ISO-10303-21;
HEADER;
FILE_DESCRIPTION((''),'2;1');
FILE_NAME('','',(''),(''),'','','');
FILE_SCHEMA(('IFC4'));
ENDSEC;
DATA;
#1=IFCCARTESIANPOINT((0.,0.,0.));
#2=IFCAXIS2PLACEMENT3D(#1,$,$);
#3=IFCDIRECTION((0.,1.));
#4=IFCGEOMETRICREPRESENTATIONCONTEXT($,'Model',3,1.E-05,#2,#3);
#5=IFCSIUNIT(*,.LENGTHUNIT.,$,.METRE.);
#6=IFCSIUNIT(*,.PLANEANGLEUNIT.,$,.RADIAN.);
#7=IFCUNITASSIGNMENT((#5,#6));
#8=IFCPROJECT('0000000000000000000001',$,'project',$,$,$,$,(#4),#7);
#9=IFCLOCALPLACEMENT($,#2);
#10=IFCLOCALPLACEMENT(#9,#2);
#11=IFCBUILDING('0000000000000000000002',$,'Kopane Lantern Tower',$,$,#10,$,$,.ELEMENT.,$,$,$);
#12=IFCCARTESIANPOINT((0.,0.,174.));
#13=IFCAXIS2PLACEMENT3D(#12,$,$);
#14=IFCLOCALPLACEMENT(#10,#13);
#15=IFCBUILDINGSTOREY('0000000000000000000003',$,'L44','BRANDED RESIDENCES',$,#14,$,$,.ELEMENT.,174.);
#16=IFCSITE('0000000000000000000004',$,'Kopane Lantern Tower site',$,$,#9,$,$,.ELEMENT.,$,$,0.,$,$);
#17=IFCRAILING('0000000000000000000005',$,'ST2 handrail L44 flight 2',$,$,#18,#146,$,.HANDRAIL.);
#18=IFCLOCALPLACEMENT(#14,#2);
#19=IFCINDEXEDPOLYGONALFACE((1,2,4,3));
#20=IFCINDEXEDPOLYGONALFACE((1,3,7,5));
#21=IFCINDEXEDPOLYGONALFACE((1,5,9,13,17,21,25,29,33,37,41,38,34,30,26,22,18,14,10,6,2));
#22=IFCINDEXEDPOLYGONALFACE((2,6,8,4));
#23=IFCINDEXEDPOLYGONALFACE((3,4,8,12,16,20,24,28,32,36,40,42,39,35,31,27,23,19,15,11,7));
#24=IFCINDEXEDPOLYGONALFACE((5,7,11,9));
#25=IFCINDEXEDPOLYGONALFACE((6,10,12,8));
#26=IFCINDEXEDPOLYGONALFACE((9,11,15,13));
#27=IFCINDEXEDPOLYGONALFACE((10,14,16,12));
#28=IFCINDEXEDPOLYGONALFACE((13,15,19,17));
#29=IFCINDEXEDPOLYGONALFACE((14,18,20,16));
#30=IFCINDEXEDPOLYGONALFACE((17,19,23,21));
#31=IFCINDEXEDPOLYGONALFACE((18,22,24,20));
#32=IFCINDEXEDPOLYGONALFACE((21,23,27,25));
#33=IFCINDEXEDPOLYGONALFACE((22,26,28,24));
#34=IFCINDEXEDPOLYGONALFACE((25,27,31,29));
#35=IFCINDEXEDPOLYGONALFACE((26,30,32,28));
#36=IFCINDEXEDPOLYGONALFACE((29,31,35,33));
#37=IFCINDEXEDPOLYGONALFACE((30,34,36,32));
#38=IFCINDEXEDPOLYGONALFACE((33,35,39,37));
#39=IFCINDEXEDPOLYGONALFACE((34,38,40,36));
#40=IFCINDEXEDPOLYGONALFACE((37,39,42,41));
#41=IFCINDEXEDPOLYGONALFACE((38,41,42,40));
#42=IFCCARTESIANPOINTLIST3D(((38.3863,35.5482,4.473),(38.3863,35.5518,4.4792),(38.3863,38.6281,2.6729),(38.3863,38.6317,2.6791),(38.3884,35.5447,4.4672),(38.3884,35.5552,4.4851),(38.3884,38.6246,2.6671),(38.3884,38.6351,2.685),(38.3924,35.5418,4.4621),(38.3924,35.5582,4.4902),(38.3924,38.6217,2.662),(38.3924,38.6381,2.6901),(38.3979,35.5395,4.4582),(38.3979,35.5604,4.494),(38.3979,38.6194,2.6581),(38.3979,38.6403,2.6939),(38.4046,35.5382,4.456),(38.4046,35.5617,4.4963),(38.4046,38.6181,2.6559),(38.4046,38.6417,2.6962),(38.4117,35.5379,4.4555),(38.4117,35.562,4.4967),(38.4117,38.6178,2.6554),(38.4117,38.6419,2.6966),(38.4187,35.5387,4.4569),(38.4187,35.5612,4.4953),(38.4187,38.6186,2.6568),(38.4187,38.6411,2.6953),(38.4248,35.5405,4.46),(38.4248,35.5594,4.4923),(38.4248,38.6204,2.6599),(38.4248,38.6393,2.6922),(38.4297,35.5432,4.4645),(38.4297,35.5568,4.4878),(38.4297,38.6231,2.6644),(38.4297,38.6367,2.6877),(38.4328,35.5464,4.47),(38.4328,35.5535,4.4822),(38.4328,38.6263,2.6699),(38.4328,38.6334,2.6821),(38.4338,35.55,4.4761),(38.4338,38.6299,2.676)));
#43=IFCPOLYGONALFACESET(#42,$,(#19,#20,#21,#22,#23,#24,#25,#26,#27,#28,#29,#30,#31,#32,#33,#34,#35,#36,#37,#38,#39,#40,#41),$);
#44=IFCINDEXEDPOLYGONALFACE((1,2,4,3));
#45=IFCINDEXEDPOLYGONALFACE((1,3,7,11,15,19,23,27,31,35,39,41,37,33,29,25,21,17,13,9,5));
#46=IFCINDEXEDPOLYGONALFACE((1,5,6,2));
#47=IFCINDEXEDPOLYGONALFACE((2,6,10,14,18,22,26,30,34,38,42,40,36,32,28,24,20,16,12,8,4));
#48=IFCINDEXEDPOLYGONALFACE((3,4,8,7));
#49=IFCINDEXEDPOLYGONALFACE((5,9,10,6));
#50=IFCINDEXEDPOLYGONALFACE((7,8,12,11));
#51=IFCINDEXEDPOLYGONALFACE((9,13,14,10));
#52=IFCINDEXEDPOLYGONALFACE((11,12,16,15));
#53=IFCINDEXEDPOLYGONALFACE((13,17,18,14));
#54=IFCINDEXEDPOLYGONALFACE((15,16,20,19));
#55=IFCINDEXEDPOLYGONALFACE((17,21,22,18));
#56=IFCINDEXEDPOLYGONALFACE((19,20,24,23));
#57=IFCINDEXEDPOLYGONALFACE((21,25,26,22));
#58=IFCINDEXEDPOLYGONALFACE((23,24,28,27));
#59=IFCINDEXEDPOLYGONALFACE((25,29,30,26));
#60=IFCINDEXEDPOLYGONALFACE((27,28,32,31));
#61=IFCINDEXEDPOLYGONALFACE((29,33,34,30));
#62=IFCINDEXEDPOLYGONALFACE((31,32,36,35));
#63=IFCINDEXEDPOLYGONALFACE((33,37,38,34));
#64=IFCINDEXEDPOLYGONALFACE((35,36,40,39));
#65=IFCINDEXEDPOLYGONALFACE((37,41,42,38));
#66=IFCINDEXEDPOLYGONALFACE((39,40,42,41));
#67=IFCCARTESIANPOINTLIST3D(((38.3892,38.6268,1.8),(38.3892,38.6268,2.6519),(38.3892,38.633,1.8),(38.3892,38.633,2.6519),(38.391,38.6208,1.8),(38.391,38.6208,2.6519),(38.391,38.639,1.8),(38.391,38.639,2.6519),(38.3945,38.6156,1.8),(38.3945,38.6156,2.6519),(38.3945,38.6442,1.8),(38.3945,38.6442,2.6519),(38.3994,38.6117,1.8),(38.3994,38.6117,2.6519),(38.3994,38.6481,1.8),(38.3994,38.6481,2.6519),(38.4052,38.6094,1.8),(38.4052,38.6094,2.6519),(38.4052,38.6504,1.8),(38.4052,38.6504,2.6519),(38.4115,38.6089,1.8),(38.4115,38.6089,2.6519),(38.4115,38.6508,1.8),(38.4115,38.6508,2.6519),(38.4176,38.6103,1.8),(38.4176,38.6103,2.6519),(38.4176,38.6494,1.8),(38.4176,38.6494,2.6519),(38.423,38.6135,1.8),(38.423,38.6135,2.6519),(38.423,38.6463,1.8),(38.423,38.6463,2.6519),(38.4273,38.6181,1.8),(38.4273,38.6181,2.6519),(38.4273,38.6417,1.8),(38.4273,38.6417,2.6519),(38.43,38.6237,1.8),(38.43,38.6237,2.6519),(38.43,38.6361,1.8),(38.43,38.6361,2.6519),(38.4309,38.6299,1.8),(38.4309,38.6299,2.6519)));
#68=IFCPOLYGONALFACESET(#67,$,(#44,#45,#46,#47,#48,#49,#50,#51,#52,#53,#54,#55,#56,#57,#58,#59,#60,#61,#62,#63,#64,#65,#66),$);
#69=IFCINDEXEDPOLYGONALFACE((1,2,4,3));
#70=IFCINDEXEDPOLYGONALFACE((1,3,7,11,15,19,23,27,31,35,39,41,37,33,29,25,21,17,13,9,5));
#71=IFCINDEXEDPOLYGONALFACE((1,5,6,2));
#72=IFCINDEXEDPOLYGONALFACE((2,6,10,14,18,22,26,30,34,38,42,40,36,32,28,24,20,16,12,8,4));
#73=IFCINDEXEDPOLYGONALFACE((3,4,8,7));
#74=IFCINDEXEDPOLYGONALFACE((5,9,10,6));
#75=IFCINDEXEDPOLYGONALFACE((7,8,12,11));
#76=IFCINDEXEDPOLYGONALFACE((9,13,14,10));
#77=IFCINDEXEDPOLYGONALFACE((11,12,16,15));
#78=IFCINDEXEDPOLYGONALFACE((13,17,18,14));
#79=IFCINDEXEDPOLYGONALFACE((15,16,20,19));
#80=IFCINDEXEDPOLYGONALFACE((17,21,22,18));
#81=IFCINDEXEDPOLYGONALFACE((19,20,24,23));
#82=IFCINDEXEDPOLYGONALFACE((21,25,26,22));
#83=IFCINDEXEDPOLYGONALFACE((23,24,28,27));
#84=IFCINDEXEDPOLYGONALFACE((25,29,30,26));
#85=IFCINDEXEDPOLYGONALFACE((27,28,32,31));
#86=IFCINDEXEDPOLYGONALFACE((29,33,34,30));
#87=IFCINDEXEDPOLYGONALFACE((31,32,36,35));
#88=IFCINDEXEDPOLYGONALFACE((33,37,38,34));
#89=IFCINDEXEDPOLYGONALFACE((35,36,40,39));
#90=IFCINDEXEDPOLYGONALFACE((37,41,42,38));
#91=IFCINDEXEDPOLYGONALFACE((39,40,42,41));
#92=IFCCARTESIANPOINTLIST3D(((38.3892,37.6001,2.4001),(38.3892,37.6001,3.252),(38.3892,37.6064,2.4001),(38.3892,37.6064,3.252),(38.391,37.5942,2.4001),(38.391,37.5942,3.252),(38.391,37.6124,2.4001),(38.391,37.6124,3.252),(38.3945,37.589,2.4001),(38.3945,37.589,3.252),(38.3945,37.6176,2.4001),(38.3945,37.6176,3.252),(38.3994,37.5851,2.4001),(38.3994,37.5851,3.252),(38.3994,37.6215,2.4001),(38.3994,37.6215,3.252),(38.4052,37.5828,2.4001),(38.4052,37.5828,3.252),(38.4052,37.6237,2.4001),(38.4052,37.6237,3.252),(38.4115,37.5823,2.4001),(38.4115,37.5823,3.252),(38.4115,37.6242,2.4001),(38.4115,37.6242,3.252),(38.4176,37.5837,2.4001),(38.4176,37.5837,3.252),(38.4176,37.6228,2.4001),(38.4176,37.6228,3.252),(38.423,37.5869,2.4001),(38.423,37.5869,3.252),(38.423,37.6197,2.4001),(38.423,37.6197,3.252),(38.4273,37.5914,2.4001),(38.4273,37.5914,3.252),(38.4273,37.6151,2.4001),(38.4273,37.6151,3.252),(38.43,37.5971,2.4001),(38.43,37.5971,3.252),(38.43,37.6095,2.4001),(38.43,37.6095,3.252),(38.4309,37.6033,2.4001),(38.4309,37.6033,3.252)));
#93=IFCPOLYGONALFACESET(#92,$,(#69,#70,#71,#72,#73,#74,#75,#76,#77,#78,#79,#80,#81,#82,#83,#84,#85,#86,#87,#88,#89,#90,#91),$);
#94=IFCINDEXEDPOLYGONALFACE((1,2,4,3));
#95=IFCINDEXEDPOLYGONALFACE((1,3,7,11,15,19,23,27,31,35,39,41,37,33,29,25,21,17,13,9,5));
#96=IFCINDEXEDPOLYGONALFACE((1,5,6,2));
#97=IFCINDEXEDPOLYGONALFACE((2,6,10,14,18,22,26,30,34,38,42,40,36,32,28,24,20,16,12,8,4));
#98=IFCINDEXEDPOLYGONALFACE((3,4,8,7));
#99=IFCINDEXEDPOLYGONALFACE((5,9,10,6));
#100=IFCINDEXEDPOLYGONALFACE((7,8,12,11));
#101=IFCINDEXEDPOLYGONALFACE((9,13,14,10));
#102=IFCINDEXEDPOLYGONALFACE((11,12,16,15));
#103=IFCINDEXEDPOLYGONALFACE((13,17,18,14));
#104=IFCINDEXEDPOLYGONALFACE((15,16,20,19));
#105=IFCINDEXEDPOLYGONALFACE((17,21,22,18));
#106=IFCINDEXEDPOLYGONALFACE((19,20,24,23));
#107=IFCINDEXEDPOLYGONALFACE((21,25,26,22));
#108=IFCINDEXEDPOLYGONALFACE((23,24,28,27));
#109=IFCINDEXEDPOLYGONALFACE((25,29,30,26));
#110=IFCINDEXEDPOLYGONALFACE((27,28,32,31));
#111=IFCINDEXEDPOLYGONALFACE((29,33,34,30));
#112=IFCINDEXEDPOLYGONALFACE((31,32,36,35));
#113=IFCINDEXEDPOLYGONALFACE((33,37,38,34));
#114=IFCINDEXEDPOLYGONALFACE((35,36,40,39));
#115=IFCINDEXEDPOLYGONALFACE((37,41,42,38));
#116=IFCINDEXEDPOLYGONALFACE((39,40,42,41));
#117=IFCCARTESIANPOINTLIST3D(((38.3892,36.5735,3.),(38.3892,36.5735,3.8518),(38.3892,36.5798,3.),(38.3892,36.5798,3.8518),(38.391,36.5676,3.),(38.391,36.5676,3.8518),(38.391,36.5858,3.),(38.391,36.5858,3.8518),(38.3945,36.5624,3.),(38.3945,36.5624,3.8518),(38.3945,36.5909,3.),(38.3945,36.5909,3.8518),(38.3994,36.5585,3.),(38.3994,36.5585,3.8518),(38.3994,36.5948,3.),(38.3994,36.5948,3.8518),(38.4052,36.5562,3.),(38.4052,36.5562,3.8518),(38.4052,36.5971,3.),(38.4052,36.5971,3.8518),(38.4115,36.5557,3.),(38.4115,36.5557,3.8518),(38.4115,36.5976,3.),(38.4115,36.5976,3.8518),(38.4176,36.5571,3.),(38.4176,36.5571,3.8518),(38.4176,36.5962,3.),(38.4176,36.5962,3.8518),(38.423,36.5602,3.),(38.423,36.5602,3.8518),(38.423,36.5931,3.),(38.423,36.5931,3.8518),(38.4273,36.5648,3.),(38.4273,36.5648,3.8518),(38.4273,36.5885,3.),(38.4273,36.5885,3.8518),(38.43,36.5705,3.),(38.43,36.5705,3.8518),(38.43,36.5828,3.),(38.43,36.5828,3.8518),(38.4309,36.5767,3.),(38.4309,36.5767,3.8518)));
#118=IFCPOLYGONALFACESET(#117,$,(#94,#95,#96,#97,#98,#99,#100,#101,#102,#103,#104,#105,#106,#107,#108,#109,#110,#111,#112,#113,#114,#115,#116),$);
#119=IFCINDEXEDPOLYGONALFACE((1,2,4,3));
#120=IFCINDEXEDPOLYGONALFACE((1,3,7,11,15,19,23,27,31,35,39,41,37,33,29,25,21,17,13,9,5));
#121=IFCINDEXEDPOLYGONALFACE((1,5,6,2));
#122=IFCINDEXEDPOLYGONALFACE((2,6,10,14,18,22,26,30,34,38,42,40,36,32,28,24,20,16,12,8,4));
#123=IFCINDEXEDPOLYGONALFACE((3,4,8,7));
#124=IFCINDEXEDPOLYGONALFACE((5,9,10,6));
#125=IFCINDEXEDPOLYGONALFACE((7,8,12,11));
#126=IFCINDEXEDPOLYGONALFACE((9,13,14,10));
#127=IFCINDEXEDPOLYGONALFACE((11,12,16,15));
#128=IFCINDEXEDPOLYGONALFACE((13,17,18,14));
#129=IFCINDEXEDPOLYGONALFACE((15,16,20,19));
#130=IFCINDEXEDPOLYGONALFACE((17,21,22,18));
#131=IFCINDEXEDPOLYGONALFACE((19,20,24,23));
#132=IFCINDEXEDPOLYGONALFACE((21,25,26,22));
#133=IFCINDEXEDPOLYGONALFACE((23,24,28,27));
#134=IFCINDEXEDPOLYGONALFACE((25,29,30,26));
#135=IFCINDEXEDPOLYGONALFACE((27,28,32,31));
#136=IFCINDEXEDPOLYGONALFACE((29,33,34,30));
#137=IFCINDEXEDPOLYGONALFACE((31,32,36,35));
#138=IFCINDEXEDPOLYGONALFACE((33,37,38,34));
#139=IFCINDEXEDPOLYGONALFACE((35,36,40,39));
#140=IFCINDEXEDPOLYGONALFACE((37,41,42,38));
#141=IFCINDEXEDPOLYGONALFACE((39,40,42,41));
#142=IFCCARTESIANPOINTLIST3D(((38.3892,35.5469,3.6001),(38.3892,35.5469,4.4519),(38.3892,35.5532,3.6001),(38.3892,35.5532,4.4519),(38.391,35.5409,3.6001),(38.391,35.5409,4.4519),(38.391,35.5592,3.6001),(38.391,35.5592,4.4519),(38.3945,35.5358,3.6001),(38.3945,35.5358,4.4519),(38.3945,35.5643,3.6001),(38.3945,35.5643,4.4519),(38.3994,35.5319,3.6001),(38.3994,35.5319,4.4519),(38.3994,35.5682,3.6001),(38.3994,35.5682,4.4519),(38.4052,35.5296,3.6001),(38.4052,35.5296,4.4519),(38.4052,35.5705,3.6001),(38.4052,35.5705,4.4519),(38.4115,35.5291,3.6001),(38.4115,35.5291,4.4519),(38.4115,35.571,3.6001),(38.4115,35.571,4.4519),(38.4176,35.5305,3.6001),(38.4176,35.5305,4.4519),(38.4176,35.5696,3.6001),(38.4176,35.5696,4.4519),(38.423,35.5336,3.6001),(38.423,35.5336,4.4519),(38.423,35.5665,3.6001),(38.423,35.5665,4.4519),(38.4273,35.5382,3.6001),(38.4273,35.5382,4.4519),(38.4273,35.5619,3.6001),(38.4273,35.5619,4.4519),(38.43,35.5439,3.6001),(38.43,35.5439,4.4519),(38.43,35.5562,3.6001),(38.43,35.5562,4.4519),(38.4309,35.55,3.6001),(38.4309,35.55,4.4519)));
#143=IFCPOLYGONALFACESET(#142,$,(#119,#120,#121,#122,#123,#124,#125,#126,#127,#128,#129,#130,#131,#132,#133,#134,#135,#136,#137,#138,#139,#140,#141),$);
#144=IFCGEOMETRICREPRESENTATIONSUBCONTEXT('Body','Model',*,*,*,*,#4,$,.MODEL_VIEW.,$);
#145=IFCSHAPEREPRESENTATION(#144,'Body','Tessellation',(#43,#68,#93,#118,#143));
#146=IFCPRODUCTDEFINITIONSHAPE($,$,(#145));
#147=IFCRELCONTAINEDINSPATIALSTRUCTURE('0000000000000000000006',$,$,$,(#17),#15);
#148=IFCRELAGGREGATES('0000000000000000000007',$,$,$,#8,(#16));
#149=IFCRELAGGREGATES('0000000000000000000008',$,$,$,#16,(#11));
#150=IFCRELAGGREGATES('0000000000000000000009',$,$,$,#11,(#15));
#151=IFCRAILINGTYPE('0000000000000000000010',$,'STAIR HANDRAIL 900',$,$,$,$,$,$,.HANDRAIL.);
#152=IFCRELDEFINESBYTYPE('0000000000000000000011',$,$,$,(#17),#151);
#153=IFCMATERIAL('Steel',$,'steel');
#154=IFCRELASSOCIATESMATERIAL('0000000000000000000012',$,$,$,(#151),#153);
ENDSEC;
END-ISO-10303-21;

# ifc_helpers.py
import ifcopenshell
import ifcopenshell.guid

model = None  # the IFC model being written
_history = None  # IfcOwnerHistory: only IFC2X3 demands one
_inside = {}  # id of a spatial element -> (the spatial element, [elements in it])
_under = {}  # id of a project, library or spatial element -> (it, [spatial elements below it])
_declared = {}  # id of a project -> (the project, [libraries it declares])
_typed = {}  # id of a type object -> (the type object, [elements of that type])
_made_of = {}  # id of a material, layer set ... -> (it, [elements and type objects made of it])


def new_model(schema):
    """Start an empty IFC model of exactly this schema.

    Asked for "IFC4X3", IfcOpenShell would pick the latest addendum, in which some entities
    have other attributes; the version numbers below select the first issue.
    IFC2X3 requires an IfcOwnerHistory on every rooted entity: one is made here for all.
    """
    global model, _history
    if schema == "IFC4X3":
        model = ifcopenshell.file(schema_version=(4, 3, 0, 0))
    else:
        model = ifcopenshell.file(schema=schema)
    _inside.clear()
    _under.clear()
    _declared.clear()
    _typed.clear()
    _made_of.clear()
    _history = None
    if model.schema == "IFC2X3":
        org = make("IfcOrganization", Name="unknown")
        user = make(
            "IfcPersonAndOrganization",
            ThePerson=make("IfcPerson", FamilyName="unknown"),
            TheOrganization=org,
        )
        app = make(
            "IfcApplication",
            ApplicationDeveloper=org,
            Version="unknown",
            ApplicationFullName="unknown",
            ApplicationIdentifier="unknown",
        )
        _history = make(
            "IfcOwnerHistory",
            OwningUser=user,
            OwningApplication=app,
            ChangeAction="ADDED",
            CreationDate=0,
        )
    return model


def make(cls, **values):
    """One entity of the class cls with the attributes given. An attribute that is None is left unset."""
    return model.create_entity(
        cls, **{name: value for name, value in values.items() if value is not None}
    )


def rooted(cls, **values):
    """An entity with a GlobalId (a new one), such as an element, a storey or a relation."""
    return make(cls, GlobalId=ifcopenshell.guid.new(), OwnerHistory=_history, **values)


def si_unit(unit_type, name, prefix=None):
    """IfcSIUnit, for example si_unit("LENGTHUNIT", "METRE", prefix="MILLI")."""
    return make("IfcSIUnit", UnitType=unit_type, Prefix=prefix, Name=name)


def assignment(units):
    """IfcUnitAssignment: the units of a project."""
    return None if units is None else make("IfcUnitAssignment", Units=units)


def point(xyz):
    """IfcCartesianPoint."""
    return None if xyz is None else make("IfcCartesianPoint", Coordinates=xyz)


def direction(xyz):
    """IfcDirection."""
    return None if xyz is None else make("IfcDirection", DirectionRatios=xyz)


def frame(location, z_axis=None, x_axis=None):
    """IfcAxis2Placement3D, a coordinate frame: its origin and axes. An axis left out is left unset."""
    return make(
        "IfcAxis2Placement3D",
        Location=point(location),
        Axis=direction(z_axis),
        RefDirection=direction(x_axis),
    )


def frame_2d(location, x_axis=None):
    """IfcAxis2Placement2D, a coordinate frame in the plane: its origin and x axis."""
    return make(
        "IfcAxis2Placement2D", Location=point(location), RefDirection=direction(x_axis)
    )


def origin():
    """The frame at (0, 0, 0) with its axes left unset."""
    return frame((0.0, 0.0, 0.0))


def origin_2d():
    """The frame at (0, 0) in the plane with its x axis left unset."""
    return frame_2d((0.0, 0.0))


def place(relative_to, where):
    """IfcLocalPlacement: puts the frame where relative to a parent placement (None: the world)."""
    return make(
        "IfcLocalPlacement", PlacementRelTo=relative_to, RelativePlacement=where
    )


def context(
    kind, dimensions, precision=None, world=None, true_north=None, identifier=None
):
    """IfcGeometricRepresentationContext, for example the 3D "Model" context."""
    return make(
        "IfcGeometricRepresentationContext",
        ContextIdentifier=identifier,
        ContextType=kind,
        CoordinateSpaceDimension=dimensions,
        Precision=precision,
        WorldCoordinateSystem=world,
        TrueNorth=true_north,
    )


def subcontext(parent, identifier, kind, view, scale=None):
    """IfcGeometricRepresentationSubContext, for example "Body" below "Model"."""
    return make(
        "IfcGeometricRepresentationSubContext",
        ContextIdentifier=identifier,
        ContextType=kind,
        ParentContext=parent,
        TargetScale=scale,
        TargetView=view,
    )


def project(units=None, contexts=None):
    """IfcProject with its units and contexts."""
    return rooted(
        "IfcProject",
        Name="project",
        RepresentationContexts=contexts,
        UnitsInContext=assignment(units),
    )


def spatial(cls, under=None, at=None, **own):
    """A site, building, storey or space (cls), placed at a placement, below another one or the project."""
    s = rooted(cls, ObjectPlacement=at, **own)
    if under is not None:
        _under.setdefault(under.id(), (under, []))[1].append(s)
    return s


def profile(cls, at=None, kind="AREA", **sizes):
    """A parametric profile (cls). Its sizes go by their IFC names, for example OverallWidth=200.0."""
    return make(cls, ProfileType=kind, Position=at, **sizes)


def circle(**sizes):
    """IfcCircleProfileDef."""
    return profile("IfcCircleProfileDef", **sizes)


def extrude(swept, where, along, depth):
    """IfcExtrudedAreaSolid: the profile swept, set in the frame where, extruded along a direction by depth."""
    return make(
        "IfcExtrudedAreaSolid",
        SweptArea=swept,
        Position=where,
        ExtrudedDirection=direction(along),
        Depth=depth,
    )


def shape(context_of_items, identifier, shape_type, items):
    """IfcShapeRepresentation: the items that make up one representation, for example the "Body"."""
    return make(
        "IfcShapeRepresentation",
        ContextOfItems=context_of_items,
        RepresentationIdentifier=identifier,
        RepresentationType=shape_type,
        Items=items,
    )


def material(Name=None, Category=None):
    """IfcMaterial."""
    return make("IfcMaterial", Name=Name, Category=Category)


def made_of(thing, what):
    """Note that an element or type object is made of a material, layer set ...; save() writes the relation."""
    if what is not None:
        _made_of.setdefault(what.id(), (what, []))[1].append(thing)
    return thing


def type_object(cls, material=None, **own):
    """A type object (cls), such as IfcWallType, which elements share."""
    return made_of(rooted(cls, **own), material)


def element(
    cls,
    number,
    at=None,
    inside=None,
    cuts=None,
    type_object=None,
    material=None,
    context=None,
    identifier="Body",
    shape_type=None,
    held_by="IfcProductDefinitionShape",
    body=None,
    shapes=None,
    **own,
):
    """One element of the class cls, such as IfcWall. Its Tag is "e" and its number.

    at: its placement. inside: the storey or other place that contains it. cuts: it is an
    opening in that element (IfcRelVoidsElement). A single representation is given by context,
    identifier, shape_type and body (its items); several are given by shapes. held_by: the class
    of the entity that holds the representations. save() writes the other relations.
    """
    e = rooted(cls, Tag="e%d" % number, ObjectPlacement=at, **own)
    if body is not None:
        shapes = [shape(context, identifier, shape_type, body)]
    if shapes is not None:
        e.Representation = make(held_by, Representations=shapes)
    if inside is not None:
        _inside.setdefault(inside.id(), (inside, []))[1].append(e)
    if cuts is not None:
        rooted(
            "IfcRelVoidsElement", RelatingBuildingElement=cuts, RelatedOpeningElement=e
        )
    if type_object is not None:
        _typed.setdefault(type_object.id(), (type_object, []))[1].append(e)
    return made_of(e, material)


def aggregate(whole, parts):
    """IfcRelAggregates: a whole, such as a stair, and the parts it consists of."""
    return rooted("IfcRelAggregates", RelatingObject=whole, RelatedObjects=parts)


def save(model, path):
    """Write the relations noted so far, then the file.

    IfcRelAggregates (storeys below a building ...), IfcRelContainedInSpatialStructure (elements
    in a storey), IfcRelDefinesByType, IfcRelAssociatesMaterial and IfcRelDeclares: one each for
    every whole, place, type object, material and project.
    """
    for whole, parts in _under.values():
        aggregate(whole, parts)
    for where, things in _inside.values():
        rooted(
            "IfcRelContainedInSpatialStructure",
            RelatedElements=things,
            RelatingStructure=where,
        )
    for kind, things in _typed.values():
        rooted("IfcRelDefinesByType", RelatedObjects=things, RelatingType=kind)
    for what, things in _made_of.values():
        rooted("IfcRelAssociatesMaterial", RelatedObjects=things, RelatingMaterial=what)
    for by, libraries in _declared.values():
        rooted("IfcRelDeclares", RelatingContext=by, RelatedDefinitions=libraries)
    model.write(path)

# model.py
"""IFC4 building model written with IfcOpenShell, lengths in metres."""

from ifc_helpers import new_model, si_unit, direction, frame, origin, origin_2d, place, context, subcontext, project, spatial, circle, extrude, material, type_object, element, save


model = new_model("IFC4")

# Units and contexts
model_context = context("Model", 3, precision=1e-05, world=origin(), true_north=direction((0.0, 1.0)))
body_context = subcontext(model_context, "Body", "Model", "MODEL_VIEW")
ifc_project = project(units=[si_unit("LENGTHUNIT", "METRE"), si_unit("PLANEANGLEUNIT", "RADIAN")], contexts=[model_context])

# Site, building, storey
site_placement = place(None, origin())
site = spatial("IfcSite", under=ifc_project, at=site_placement, Name="Kopane Lantern Tower site", CompositionType="ELEMENT", RefElevation=0.0)
building_placement = place(site_placement, origin())
building = spatial("IfcBuilding", under=site, at=building_placement, Name="Kopane Lantern Tower", CompositionType="ELEMENT")
storey_placement = place(building_placement, frame((0.0, 0.0, 174.0)))
storey = spatial("IfcBuildingStorey", under=building, at=storey_placement, Name="L44", Description="BRANDED RESIDENCES", CompositionType="ELEMENT", Elevation=174.0)

# Railing
ifc_material_1 = material(Name="Steel", Category="steel")
railing_type_1 = type_object("IfcRailingType", Name="STAIR HANDRAIL 900", PredefinedType="HANDRAIL", material=ifc_material_1)
for number, where, name in (
    (1, (38.4099, 38.6299, 1.8), "ST2 handrail L44 flight 2"),
):
    element("IfcRailing", number, at=place(storey_placement, frame(where)), inside=storey, type_object=railing_type_1, Name=name, PredefinedType="HANDRAIL", context=body_context, shape_type="SweptSolid", body=[
        extrude(circle(Radius=0.0239, at=origin_2d()), frame((0.0, 0.0, 0.876), z_axis=(0.0, -0.863354, 0.504598), x_axis=(1.0, 0.0, 0.0)), (0.0, 0.0, 1.0), 3.5674),
        extrude(circle(Radius=0.021, at=origin_2d()), origin(), (0.0, 0.0, 1.0), 0.8518),
        extrude(circle(Radius=0.021, at=origin_2d()), frame((0.0, -1.0266, 0.6001)), (0.0, 0.0, 1.0), 0.8518),
        extrude(circle(Radius=0.021, at=origin_2d()), frame((0.0, -2.0532, 1.2)), (0.0, 0.0, 1.0), 0.8518),
        extrude(circle(Radius=0.021, at=origin_2d()), frame((0.0, -3.0798, 1.8)), (0.0, 0.0, 1.0), 0.8518),
    ])

save(model, "model.ifc")
